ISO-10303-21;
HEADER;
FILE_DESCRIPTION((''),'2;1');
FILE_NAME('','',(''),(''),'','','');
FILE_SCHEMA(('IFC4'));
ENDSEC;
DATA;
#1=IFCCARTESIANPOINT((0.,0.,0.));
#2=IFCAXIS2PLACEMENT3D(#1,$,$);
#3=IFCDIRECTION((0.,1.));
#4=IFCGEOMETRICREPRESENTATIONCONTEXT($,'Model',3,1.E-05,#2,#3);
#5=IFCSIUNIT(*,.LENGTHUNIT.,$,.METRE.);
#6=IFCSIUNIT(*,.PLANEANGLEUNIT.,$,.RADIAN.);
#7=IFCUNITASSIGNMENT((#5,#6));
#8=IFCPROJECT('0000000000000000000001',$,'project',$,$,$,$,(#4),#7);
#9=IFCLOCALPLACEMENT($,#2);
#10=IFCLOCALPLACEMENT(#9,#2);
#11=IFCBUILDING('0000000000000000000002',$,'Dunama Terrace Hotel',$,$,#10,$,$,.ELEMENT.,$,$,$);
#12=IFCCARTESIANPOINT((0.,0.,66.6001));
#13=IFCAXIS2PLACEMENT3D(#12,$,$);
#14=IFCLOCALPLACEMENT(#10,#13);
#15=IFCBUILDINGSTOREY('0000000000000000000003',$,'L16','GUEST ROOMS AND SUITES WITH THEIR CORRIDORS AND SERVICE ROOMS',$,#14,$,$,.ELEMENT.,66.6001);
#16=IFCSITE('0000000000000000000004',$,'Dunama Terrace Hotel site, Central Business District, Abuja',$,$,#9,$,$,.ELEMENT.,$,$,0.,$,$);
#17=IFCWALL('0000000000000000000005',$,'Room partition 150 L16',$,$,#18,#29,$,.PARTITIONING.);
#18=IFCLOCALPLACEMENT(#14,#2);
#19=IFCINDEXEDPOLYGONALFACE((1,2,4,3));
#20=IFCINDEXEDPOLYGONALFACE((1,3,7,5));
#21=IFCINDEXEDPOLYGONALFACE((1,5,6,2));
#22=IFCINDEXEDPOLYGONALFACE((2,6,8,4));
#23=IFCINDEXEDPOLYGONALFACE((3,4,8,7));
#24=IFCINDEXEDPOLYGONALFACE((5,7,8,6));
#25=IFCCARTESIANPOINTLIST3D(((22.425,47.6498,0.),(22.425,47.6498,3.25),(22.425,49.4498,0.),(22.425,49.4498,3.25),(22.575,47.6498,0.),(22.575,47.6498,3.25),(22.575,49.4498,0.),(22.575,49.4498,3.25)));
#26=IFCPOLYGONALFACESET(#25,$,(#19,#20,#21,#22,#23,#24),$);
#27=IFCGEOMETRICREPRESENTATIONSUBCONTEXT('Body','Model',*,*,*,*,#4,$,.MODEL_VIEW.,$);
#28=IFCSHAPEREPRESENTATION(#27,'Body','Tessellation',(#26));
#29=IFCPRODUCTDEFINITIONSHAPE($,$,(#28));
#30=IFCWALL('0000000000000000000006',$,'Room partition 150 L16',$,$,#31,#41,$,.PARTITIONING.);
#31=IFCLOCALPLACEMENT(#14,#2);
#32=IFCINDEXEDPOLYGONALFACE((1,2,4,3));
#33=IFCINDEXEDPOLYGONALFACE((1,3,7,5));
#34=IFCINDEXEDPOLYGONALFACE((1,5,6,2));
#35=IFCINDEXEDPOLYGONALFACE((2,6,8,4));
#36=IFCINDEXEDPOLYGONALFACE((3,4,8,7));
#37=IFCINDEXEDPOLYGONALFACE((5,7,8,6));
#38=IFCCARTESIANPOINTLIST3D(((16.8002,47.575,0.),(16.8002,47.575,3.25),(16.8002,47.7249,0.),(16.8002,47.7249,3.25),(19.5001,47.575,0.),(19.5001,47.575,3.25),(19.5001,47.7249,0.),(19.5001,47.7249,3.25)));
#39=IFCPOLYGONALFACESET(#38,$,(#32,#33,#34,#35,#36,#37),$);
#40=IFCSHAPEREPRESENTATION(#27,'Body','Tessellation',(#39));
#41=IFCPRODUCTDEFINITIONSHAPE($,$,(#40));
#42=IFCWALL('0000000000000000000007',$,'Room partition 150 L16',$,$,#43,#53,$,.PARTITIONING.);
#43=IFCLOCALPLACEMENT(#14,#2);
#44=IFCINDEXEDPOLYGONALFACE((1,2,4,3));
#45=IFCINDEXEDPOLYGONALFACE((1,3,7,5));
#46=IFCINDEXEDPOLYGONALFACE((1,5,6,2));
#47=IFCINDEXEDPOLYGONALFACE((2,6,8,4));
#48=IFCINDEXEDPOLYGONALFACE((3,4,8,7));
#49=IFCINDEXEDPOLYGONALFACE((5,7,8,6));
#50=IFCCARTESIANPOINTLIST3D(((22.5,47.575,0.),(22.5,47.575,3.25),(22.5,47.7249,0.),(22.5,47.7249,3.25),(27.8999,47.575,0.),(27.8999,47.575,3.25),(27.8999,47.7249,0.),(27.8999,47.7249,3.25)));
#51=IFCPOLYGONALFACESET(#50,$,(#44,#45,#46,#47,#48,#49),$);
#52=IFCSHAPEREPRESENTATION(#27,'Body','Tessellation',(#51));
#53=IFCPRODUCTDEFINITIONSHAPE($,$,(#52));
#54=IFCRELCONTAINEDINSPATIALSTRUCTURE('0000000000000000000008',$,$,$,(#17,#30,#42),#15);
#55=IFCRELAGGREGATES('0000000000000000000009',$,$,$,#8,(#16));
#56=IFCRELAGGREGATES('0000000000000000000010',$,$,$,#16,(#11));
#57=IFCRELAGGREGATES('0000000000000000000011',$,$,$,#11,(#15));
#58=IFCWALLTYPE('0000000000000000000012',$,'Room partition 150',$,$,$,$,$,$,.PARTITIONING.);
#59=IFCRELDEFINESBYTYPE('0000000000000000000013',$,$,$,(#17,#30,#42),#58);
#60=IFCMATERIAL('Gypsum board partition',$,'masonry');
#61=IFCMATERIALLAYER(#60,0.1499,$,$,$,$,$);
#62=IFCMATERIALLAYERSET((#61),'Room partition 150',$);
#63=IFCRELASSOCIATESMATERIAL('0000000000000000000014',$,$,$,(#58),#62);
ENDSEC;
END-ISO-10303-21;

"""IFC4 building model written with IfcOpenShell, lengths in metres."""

from ifc_helpers import new_model, si_unit, direction, frame, frame_2d, origin, place, context, subcontext, project, spatial, rectangle, extrude, material, layer, layer_set, type_object, element, save


model = new_model("IFC4")

# Units and contexts
model_context = context("Model", 3, precision=1e-05, world=origin(), true_north=direction((0.0, 1.0)))
body_context = subcontext(model_context, "Body", "Model", "MODEL_VIEW")
ifc_project = project(units=[si_unit("LENGTHUNIT", "METRE"), si_unit("PLANEANGLEUNIT", "RADIAN")], contexts=[model_context])

# Site, building, storey
site_placement = place(None, origin())
site = spatial("IfcSite", under=ifc_project, at=site_placement, Name="Dunama Terrace Hotel site, Central Business District, Abuja", CompositionType="ELEMENT", RefElevation=0.0)
building_placement = place(site_placement, origin())
building = spatial("IfcBuilding", under=site, at=building_placement, Name="Dunama Terrace Hotel", CompositionType="ELEMENT")
storey_placement = place(building_placement, frame((0.0, 0.0, 66.6001)))
storey = spatial("IfcBuildingStorey", under=building, at=storey_placement, Name="L16", Description="GUEST ROOMS AND SUITES WITH THEIR CORRIDORS AND SERVICE ROOMS", CompositionType="ELEMENT", Elevation=66.6001)

# Walls
ifc_material_1 = material(Name="Gypsum board partition", Category="masonry")
ifc_layer_1 = layer(ifc_material_1, 0.1499)
ifc_layer_set_1 = layer_set([ifc_layer_1], Name="Room partition 150")
wall_type_1 = type_object("IfcWallType", Name="Room partition 150", PredefinedType="PARTITIONING", material=ifc_layer_set_1)
for number, where, z_axis, x_axis, name in (
    (1, (22.5, 47.6499, 0.0), (0.0, 0.0, 1.0), (0.0, 1.0, 0.0), "Room partition 150 L16"),
):
    element("IfcWall", number, at=place(storey_placement, frame(where, z_axis=z_axis, x_axis=x_axis)), inside=storey, type_object=wall_type_1, Name=name, PredefinedType="PARTITIONING", context=body_context, shape_type="SweptSolid", body=[
        extrude(rectangle(XDim=1.8, YDim=0.1499, at=frame_2d((0.8999, 0.0))), origin(), (0.0, 0.0, 1.0), 3.25),
    ])
wall_1_placement = place(storey_placement, frame((16.8, 47.6499, 0.0), z_axis=(0.0, 0.0, 1.0), x_axis=(1.0, 0.0, 0.0)))
element("IfcWall", 2, at=wall_1_placement, inside=storey, type_object=wall_type_1, Name="Room partition 150 L16", PredefinedType="PARTITIONING", context=body_context, shape_type="SweptSolid", body=[
    extrude(rectangle(XDim=2.7, YDim=0.1499, at=frame_2d((1.3501, 0.0))), origin(), (0.0, 0.0, 1.0), 3.25),
])
wall_2_placement = place(storey_placement, frame((22.5, 47.6499, 0.0), z_axis=(0.0, 0.0, 1.0), x_axis=(1.0, 0.0, 0.0)))
element("IfcWall", 3, at=wall_2_placement, inside=storey, type_object=wall_type_1, Name="Room partition 150 L16", PredefinedType="PARTITIONING", context=body_context, shape_type="SweptSolid", body=[
    extrude(rectangle(XDim=5.3999, YDim=0.1499, at=frame_2d((2.7, 0.0))), origin(), (0.0, 0.0, 1.0), 3.25),
])

save(model, "model.ifc")
